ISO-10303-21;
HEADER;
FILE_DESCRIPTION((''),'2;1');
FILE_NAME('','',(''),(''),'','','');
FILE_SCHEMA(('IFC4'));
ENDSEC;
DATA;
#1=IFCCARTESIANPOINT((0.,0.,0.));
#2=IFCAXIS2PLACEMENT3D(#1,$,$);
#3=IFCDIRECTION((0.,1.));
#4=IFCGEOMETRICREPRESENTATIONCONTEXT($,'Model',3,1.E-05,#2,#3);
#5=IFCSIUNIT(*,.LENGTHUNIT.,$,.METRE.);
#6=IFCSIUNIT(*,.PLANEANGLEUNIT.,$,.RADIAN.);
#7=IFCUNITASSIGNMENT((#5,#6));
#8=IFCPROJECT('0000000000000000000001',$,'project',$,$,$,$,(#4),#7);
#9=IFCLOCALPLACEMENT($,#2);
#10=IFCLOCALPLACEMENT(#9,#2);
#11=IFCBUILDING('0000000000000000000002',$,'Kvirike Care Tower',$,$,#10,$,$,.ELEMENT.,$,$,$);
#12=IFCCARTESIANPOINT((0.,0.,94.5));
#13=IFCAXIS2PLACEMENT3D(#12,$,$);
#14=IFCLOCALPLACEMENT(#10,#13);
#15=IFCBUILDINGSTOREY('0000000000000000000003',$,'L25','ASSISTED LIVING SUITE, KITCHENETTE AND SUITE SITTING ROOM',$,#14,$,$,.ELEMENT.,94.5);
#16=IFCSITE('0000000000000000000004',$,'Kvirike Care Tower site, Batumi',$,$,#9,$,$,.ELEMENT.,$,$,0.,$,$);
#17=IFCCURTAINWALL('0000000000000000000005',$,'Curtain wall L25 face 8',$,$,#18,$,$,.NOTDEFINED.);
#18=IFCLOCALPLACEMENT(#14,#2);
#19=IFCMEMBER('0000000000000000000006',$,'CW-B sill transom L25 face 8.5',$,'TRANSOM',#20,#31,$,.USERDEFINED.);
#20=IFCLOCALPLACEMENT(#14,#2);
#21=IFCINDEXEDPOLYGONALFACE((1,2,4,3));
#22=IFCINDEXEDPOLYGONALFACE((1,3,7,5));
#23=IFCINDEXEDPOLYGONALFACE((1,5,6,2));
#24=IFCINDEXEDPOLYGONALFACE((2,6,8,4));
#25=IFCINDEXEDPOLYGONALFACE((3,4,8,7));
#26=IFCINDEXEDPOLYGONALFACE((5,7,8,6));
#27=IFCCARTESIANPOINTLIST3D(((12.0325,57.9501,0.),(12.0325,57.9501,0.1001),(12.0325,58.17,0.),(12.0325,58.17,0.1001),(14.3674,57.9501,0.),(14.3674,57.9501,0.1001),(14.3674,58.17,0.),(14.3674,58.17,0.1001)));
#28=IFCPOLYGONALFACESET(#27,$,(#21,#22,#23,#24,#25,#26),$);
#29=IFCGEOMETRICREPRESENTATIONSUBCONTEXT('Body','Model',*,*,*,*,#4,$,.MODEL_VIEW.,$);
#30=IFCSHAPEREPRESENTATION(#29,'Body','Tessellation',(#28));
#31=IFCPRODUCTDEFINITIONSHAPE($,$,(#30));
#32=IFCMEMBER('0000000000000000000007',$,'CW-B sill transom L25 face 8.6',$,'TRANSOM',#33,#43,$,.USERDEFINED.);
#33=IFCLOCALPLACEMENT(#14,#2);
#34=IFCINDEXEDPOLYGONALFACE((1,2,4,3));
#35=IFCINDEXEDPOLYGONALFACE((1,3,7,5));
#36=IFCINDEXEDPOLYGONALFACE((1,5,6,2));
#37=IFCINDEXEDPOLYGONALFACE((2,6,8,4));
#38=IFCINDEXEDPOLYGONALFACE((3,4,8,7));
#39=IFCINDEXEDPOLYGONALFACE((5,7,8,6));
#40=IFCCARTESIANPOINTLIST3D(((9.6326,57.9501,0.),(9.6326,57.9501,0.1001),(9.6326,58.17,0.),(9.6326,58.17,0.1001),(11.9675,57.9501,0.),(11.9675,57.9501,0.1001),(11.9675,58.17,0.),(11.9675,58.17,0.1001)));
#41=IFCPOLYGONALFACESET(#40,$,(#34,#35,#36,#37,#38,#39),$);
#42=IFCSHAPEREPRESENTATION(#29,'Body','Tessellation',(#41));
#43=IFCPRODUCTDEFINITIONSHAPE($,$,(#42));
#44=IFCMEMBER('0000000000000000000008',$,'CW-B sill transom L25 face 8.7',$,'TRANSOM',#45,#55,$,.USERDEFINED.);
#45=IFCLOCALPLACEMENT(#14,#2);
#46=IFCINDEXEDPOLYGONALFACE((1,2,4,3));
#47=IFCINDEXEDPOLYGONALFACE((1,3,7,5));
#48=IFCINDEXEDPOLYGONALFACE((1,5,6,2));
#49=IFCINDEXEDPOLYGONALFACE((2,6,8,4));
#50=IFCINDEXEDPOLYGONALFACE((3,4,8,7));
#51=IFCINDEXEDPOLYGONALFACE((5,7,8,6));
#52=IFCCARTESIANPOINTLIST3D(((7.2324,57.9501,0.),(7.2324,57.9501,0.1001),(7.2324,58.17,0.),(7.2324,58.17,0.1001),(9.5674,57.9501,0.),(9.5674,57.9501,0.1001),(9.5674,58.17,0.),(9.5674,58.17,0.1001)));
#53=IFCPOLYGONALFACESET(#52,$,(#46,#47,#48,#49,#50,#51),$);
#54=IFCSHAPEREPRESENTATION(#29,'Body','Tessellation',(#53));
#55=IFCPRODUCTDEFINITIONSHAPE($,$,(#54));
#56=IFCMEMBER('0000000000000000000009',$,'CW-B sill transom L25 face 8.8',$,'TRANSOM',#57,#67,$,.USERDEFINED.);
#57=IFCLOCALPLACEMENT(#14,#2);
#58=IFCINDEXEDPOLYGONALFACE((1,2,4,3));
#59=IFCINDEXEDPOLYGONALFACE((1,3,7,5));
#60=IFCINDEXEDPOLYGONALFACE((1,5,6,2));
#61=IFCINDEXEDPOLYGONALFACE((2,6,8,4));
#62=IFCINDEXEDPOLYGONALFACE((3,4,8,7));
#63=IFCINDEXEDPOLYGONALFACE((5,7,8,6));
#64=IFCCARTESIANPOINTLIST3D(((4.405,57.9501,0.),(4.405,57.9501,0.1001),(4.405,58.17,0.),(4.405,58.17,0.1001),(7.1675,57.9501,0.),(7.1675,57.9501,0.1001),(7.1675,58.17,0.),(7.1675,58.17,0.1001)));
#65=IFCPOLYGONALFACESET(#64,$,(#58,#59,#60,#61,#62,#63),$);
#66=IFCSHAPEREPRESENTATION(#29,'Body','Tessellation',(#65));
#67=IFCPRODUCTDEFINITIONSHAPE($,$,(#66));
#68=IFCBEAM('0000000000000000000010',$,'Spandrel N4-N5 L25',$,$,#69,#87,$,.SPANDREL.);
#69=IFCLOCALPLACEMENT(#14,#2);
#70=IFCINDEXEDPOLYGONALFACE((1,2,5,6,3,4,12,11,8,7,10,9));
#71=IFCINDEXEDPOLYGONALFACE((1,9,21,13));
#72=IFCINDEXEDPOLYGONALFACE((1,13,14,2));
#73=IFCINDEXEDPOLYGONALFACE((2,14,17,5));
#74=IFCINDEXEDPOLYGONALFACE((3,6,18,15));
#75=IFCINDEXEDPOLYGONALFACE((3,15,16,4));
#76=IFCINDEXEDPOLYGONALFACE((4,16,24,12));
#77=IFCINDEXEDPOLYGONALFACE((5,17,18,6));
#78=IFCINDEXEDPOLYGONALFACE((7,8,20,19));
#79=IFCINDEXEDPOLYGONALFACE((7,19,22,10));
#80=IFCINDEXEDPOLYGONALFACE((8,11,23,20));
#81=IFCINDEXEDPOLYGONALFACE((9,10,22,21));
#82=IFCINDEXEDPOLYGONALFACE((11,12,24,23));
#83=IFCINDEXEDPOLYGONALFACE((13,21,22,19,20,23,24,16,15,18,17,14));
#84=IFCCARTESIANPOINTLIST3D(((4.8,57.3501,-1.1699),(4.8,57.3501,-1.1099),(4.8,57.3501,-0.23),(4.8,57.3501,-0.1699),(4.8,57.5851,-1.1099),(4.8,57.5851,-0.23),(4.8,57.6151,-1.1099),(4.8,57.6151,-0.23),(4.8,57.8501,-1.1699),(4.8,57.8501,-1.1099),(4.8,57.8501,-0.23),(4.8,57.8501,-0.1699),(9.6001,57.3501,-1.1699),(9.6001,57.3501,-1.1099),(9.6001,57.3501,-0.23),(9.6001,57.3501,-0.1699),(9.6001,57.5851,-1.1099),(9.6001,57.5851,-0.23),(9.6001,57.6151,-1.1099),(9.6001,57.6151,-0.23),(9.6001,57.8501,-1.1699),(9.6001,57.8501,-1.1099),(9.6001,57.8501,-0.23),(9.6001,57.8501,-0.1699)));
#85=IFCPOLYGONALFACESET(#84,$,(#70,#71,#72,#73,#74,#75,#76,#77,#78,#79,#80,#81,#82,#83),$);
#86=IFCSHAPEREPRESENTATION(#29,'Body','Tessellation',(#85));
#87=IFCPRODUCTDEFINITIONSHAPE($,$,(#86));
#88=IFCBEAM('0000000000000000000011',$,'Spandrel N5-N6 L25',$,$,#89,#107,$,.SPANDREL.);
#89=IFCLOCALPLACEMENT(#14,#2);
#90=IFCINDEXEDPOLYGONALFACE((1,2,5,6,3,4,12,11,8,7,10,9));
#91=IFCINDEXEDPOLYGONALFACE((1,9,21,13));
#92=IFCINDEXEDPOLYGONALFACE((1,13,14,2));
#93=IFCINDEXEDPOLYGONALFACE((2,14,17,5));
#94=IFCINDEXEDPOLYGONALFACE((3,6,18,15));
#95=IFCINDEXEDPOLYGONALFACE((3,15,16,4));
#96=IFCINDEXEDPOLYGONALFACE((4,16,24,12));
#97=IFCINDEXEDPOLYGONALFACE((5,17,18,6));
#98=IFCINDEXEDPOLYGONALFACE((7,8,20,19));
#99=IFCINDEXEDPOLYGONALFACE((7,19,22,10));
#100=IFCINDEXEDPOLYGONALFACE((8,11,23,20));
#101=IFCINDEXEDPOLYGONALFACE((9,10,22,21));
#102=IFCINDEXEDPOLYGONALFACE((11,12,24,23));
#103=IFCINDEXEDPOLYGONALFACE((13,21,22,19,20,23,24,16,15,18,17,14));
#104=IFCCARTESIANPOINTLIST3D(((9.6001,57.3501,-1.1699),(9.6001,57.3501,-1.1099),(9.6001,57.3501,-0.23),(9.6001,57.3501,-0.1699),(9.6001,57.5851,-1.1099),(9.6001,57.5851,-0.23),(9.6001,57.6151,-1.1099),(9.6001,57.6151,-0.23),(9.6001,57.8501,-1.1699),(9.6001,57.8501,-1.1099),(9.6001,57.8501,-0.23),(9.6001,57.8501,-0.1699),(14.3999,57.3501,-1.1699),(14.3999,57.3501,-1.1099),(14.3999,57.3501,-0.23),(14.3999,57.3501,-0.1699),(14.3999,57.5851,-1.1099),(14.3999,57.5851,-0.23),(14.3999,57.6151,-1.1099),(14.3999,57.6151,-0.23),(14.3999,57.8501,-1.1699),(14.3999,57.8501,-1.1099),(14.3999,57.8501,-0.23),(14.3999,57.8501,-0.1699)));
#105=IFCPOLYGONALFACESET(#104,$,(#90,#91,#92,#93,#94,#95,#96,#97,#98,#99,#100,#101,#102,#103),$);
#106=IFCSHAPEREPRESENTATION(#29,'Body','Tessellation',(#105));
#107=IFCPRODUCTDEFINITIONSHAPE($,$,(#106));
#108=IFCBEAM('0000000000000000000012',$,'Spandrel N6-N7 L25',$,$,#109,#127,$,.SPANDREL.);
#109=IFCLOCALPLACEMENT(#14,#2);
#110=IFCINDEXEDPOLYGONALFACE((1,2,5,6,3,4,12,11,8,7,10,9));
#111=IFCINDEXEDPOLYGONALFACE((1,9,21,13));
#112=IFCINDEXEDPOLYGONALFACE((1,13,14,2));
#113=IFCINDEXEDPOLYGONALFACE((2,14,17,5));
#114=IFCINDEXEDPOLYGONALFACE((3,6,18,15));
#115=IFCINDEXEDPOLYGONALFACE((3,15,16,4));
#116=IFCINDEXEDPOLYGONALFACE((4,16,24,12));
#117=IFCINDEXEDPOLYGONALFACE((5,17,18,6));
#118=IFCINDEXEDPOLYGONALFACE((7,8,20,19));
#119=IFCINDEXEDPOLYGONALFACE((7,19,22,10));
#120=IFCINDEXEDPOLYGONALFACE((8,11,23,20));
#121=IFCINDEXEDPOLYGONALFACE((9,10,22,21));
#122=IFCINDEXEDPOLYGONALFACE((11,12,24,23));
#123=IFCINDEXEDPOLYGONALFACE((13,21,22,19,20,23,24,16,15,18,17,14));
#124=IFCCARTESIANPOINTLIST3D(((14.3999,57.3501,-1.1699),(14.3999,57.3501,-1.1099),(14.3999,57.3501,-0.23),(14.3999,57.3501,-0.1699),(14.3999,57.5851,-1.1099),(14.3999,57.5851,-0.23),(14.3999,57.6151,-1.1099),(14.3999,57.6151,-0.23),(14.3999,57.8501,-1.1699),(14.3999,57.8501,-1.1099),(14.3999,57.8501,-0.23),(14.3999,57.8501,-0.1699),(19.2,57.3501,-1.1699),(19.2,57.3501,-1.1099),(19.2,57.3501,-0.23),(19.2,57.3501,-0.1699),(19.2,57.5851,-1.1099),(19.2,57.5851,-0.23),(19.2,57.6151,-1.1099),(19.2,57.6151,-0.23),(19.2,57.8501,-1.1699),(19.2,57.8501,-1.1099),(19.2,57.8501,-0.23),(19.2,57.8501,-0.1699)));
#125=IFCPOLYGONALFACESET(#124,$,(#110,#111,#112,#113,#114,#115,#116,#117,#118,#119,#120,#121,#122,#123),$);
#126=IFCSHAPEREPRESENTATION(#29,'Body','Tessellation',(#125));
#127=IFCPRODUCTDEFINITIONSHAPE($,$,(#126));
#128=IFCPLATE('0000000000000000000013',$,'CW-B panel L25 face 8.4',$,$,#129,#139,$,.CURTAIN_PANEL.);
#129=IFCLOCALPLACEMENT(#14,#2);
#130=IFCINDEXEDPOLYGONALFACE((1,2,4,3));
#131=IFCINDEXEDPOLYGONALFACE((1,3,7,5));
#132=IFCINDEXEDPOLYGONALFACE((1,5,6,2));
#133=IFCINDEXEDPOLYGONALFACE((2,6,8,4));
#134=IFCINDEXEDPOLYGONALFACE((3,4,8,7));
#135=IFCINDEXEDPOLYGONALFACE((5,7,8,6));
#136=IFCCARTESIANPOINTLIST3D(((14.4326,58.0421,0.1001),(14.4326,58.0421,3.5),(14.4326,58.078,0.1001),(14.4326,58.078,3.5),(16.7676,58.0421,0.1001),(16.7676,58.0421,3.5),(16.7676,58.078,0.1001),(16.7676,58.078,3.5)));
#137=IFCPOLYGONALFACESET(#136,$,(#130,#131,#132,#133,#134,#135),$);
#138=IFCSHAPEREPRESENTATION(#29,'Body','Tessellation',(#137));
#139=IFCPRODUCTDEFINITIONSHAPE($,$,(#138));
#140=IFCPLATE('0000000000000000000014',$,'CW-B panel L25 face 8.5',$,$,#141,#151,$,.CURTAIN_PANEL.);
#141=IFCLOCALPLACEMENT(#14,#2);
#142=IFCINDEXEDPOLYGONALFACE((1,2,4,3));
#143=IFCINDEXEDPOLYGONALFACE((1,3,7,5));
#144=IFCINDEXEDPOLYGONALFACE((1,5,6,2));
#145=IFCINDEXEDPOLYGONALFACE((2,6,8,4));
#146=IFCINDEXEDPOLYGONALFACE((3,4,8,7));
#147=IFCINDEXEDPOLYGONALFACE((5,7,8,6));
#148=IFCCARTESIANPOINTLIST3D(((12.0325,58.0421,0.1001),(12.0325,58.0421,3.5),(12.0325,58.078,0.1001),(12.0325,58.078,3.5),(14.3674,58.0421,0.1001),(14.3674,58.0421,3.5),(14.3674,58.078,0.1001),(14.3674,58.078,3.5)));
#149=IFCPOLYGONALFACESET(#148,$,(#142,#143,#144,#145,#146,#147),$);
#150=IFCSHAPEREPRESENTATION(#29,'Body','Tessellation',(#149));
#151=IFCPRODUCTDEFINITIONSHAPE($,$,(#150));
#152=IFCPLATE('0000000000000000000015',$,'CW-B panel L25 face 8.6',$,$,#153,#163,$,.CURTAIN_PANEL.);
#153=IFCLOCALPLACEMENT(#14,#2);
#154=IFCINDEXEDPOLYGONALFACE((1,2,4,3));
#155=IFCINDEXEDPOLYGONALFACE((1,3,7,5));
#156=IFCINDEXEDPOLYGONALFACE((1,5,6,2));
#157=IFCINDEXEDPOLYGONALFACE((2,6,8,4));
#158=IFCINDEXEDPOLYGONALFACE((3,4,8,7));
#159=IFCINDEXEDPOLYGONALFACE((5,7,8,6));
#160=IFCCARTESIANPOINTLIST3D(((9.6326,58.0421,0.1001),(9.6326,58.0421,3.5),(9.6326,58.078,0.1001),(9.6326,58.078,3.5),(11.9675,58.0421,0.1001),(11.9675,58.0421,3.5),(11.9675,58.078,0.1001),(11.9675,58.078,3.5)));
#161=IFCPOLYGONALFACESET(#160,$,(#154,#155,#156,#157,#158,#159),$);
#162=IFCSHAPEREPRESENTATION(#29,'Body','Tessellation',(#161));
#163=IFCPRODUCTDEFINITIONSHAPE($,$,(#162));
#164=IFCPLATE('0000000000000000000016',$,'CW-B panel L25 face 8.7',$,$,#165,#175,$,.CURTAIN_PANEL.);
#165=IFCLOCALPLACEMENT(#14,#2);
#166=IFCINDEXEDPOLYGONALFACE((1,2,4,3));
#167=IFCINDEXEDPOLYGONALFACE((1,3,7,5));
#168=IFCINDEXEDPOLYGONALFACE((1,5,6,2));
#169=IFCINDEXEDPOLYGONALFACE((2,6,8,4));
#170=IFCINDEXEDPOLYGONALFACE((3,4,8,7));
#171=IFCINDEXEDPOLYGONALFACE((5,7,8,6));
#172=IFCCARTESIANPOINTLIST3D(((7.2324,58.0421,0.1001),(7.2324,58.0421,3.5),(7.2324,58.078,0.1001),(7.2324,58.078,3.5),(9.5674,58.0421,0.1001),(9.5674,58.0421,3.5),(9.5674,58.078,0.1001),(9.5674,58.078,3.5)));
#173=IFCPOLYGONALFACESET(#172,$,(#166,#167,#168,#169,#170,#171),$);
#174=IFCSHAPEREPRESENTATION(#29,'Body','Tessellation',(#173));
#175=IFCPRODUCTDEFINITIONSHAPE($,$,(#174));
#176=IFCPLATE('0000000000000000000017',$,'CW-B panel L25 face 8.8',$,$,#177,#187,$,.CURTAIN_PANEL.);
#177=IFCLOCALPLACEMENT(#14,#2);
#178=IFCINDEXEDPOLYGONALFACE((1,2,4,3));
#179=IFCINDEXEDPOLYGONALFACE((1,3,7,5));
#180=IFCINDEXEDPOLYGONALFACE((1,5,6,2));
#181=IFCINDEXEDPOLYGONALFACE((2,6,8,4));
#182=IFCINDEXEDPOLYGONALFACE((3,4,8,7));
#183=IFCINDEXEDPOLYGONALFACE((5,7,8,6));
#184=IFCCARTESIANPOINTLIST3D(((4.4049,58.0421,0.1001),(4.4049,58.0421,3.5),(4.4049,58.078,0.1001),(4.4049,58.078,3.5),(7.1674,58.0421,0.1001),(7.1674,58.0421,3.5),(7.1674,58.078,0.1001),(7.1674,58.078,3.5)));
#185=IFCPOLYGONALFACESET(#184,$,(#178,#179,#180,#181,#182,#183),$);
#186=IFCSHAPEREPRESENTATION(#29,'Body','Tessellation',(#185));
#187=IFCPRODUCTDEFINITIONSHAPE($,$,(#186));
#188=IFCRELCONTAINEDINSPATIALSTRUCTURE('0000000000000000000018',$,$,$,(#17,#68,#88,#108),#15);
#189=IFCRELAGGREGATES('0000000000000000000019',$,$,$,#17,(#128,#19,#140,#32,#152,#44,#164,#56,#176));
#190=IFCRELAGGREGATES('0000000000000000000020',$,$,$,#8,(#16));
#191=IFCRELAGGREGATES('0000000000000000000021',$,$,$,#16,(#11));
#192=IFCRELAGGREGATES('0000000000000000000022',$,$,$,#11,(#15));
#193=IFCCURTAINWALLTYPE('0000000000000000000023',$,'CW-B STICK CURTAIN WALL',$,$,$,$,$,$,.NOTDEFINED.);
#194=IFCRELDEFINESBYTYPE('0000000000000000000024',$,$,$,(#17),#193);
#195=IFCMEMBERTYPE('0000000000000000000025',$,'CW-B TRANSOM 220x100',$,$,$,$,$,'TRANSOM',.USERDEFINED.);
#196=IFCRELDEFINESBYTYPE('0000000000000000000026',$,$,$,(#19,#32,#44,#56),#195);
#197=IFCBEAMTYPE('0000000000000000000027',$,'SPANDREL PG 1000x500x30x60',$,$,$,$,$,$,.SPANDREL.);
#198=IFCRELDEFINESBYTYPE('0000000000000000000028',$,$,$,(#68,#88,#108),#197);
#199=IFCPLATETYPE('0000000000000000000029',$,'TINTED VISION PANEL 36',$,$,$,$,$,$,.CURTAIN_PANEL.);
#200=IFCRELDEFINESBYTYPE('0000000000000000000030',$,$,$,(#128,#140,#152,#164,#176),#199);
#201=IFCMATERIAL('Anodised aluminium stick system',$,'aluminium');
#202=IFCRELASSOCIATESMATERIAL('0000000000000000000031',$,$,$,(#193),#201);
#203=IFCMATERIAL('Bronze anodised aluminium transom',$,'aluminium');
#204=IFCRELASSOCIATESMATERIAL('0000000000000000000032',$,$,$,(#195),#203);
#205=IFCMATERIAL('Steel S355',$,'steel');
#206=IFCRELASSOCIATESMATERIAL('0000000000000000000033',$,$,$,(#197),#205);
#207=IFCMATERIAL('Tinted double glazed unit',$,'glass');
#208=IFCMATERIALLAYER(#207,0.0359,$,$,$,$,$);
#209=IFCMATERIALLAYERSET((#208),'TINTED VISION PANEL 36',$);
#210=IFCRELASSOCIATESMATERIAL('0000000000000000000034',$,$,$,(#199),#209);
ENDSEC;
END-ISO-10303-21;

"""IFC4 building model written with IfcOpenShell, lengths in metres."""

from ifc_helpers import new_model, si_unit, direction, frame, origin, origin_2d, place, context, subcontext, project, spatial, rectangle, i_section, extrude, material, layer, layer_set, material_profile, profile_set, type_object, element, aggregate, save


model = new_model("IFC4")

# Units and contexts
model_context = context("Model", 3, precision=1e-05, world=origin(), true_north=direction((0.0, 1.0)))
body_context = subcontext(model_context, "Body", "Model", "MODEL_VIEW")
ifc_project = project(units=[si_unit("LENGTHUNIT", "METRE"), si_unit("PLANEANGLEUNIT", "RADIAN")], contexts=[model_context])

# Site, building, storey
site_placement = place(None, origin())
site = spatial("IfcSite", under=ifc_project, at=site_placement, Name="Kvirike Care Tower site, Batumi", CompositionType="ELEMENT", RefElevation=0.0)
building_placement = place(site_placement, origin())
building = spatial("IfcBuilding", under=site, at=building_placement, Name="Kvirike Care Tower", CompositionType="ELEMENT")
storey_placement = place(building_placement, frame((0.0, 0.0, 94.5)))
storey = spatial("IfcBuildingStorey", under=building, at=storey_placement, Name="L25", Description="ASSISTED LIVING SUITE, KITCHENETTE AND SUITE SITTING ROOM", CompositionType="ELEMENT", Elevation=94.5)

# Curtain wall, members
ifc_material_1 = material(Name="Anodised aluminium stick system", Category="aluminium")
curtain_wall_type = type_object("IfcCurtainWallType", Name="CW-B STICK CURTAIN WALL", PredefinedType="NOTDEFINED", material=ifc_material_1)
curtain_wall_placement = place(storey_placement, origin())
curtain_wall = element("IfcCurtainWall", 1, at=curtain_wall_placement, inside=storey, type_object=curtain_wall_type, Name="Curtain wall L25 face 8", PredefinedType="NOTDEFINED")
ifc_material_2 = material(Name="Bronze anodised aluminium transom", Category="aluminium")
ifc_material_profile_1 = material_profile(ifc_material_2, rectangle(XDim=0.22, YDim=0.1001, at=origin_2d()), Name="CW-B TRANSOM 220x100")
ifc_profile_set_1 = profile_set([ifc_material_profile_1], Name="Bronze anodised aluminium transom")
member_type_1 = type_object("IfcMemberType", Name="CW-B TRANSOM 220x100", ElementType="TRANSOM", PredefinedType="USERDEFINED", material=ifc_profile_set_1)
member_1_placement = place(storey_placement, frame((14.3674, 58.0601, 0.05), z_axis=(-1.0, 0.0, 0.0), x_axis=(0.0, -1.0, 0.0)))
member_1 = element("IfcMember", 2, at=member_1_placement, type_object=member_type_1, Name="CW-B sill transom L25 face 8.5", ObjectType="TRANSOM", PredefinedType="USERDEFINED", context=body_context, shape_type="SweptSolid", body=[
    extrude(rectangle(XDim=0.22, YDim=0.1001, at=origin_2d()), origin(), (0.0, 0.0, 1.0), 2.335),
])
member_2_placement = place(storey_placement, frame((11.9675, 58.0601, 0.05), z_axis=(-1.0, 0.0, 0.0), x_axis=(0.0, -1.0, 0.0)))
member_2 = element("IfcMember", 3, at=member_2_placement, type_object=member_type_1, Name="CW-B sill transom L25 face 8.6", ObjectType="TRANSOM", PredefinedType="USERDEFINED", context=body_context, shape_type="SweptSolid", body=[
    extrude(rectangle(XDim=0.22, YDim=0.1001, at=origin_2d()), origin(), (0.0, 0.0, 1.0), 2.335),
])
member_3_placement = place(storey_placement, frame((9.5674, 58.0601, 0.05), z_axis=(-1.0, 0.0, 0.0), x_axis=(0.0, -1.0, 0.0)))
member_3 = element("IfcMember", 4, at=member_3_placement, type_object=member_type_1, Name="CW-B sill transom L25 face 8.7", ObjectType="TRANSOM", PredefinedType="USERDEFINED", context=body_context, shape_type="SweptSolid", body=[
    extrude(rectangle(XDim=0.22, YDim=0.1001, at=origin_2d()), origin(), (0.0, 0.0, 1.0), 2.335),
])
member_4_placement = place(storey_placement, frame((7.1675, 58.0601, 0.05), z_axis=(-1.0, 0.0, 0.0), x_axis=(0.0, -1.0, 0.0)))
member_4 = element("IfcMember", 5, at=member_4_placement, type_object=member_type_1, Name="CW-B sill transom L25 face 8.8", ObjectType="TRANSOM", PredefinedType="USERDEFINED", context=body_context, shape_type="SweptSolid", body=[
    extrude(rectangle(XDim=0.22, YDim=0.1001, at=origin_2d()), origin(), (0.0, 0.0, 1.0), 2.7625),
])

# Beams
ifc_material_3 = material(Name="Steel S355", Category="steel")
ifc_material_profile_2 = material_profile(ifc_material_3, i_section(OverallWidth=0.5, OverallDepth=1.0, WebThickness=0.03, FlangeThickness=0.0601, at=origin_2d()), Name="PG 1000x500x30x60")
ifc_profile_set_2 = profile_set([ifc_material_profile_2], Name="Steel S355")
beam_type = type_object("IfcBeamType", Name="SPANDREL PG 1000x500x30x60", PredefinedType="SPANDREL", material=ifc_profile_set_2)
beam_1_placement = place(storey_placement, frame((4.8, 57.6001, -0.6699), z_axis=(1.0, 0.0, 0.0), x_axis=(0.0, 1.0, 0.0)))
element("IfcBeam", 6, at=beam_1_placement, inside=storey, type_object=beam_type, Name="Spandrel N4-N5 L25", PredefinedType="SPANDREL", context=body_context, shape_type="SweptSolid", body=[
    extrude(i_section(OverallWidth=0.5, OverallDepth=1.0, WebThickness=0.03, FlangeThickness=0.0601, at=origin_2d()), origin(), (0.0, 0.0, 1.0), 4.8),
])
beam_2_placement = place(storey_placement, frame((9.6001, 57.6001, -0.6699), z_axis=(1.0, 0.0, 0.0), x_axis=(0.0, 1.0, 0.0)))
element("IfcBeam", 7, at=beam_2_placement, inside=storey, type_object=beam_type, Name="Spandrel N5-N6 L25", PredefinedType="SPANDREL", context=body_context, shape_type="SweptSolid", body=[
    extrude(i_section(OverallWidth=0.5, OverallDepth=1.0, WebThickness=0.03, FlangeThickness=0.0601, at=origin_2d()), origin(), (0.0, 0.0, 1.0), 4.7998),
])
beam_3_placement = place(storey_placement, frame((14.3999, 57.6001, -0.6699), z_axis=(1.0, 0.0, 0.0), x_axis=(0.0, 1.0, 0.0)))
element("IfcBeam", 8, at=beam_3_placement, inside=storey, type_object=beam_type, Name="Spandrel N6-N7 L25", PredefinedType="SPANDREL", context=body_context, shape_type="SweptSolid", body=[
    extrude(i_section(OverallWidth=0.5, OverallDepth=1.0, WebThickness=0.03, FlangeThickness=0.0601, at=origin_2d()), origin(), (0.0, 0.0, 1.0), 4.8),
])

# Plates
ifc_material_4 = material(Name="Tinted double glazed unit", Category="glass")
ifc_layer = layer(ifc_material_4, 0.0359)
ifc_layer_set = layer_set([ifc_layer], Name="TINTED VISION PANEL 36")
plate_type = type_object("IfcPlateType", Name="TINTED VISION PANEL 36", PredefinedType="CURTAIN_PANEL", material=ifc_layer_set)
plate_1_placement = place(storey_placement, frame((15.6001, 58.0601, 0.1001), z_axis=(0.0, 0.0, 1.0), x_axis=(-1.0, 0.0, 0.0)))
plate_1 = element("IfcPlate", 9, at=plate_1_placement, type_object=plate_type, Name="CW-B panel L25 face 8.4", PredefinedType="CURTAIN_PANEL", context=body_context, shape_type="SweptSolid", body=[
    extrude(rectangle(XDim=2.335, YDim=0.0359, at=origin_2d()), origin(), (0.0, 0.0, 1.0), 3.3999),
])
plate_2_placement = place(storey_placement, frame((13.2, 58.0601, 0.1001), z_axis=(0.0, 0.0, 1.0), x_axis=(-1.0, 0.0, 0.0)))
plate_2 = element("IfcPlate", 10, at=plate_2_placement, type_object=plate_type, Name="CW-B panel L25 face 8.5", PredefinedType="CURTAIN_PANEL", context=body_context, shape_type="SweptSolid", body=[
    extrude(rectangle(XDim=2.335, YDim=0.0359, at=origin_2d()), origin(), (0.0, 0.0, 1.0), 3.3999),
])
plate_3_placement = place(storey_placement, frame((10.8, 58.0601, 0.1001), z_axis=(0.0, 0.0, 1.0), x_axis=(-1.0, 0.0, 0.0)))
plate_3 = element("IfcPlate", 11, at=plate_3_placement, type_object=plate_type, Name="CW-B panel L25 face 8.6", PredefinedType="CURTAIN_PANEL", context=body_context, shape_type="SweptSolid", body=[
    extrude(rectangle(XDim=2.335, YDim=0.0359, at=origin_2d()), origin(), (0.0, 0.0, 1.0), 3.3999),
])
plate_4_placement = place(storey_placement, frame((8.3999, 58.0601, 0.1001), z_axis=(0.0, 0.0, 1.0), x_axis=(-1.0, 0.0, 0.0)))
plate_4 = element("IfcPlate", 12, at=plate_4_placement, type_object=plate_type, Name="CW-B panel L25 face 8.7", PredefinedType="CURTAIN_PANEL", context=body_context, shape_type="SweptSolid", body=[
    extrude(rectangle(XDim=2.335, YDim=0.0359, at=origin_2d()), origin(), (0.0, 0.0, 1.0), 3.3999),
])
plate_5_placement = place(storey_placement, frame((5.7861, 58.0601, 0.1001), z_axis=(0.0, 0.0, 1.0), x_axis=(-1.0, 0.0, 0.0)))
plate_5 = element("IfcPlate", 13, at=plate_5_placement, type_object=plate_type, Name="CW-B panel L25 face 8.8", PredefinedType="CURTAIN_PANEL", context=body_context, shape_type="SweptSolid", body=[
    extrude(rectangle(XDim=2.7625, YDim=0.0359, at=origin_2d()), origin(), (0.0, 0.0, 1.0), 3.3999),
])
aggregate(curtain_wall, [plate_1, member_1, plate_2, member_2, plate_3, member_3, plate_4, member_4, plate_5])

save(model, "model.ifc")
